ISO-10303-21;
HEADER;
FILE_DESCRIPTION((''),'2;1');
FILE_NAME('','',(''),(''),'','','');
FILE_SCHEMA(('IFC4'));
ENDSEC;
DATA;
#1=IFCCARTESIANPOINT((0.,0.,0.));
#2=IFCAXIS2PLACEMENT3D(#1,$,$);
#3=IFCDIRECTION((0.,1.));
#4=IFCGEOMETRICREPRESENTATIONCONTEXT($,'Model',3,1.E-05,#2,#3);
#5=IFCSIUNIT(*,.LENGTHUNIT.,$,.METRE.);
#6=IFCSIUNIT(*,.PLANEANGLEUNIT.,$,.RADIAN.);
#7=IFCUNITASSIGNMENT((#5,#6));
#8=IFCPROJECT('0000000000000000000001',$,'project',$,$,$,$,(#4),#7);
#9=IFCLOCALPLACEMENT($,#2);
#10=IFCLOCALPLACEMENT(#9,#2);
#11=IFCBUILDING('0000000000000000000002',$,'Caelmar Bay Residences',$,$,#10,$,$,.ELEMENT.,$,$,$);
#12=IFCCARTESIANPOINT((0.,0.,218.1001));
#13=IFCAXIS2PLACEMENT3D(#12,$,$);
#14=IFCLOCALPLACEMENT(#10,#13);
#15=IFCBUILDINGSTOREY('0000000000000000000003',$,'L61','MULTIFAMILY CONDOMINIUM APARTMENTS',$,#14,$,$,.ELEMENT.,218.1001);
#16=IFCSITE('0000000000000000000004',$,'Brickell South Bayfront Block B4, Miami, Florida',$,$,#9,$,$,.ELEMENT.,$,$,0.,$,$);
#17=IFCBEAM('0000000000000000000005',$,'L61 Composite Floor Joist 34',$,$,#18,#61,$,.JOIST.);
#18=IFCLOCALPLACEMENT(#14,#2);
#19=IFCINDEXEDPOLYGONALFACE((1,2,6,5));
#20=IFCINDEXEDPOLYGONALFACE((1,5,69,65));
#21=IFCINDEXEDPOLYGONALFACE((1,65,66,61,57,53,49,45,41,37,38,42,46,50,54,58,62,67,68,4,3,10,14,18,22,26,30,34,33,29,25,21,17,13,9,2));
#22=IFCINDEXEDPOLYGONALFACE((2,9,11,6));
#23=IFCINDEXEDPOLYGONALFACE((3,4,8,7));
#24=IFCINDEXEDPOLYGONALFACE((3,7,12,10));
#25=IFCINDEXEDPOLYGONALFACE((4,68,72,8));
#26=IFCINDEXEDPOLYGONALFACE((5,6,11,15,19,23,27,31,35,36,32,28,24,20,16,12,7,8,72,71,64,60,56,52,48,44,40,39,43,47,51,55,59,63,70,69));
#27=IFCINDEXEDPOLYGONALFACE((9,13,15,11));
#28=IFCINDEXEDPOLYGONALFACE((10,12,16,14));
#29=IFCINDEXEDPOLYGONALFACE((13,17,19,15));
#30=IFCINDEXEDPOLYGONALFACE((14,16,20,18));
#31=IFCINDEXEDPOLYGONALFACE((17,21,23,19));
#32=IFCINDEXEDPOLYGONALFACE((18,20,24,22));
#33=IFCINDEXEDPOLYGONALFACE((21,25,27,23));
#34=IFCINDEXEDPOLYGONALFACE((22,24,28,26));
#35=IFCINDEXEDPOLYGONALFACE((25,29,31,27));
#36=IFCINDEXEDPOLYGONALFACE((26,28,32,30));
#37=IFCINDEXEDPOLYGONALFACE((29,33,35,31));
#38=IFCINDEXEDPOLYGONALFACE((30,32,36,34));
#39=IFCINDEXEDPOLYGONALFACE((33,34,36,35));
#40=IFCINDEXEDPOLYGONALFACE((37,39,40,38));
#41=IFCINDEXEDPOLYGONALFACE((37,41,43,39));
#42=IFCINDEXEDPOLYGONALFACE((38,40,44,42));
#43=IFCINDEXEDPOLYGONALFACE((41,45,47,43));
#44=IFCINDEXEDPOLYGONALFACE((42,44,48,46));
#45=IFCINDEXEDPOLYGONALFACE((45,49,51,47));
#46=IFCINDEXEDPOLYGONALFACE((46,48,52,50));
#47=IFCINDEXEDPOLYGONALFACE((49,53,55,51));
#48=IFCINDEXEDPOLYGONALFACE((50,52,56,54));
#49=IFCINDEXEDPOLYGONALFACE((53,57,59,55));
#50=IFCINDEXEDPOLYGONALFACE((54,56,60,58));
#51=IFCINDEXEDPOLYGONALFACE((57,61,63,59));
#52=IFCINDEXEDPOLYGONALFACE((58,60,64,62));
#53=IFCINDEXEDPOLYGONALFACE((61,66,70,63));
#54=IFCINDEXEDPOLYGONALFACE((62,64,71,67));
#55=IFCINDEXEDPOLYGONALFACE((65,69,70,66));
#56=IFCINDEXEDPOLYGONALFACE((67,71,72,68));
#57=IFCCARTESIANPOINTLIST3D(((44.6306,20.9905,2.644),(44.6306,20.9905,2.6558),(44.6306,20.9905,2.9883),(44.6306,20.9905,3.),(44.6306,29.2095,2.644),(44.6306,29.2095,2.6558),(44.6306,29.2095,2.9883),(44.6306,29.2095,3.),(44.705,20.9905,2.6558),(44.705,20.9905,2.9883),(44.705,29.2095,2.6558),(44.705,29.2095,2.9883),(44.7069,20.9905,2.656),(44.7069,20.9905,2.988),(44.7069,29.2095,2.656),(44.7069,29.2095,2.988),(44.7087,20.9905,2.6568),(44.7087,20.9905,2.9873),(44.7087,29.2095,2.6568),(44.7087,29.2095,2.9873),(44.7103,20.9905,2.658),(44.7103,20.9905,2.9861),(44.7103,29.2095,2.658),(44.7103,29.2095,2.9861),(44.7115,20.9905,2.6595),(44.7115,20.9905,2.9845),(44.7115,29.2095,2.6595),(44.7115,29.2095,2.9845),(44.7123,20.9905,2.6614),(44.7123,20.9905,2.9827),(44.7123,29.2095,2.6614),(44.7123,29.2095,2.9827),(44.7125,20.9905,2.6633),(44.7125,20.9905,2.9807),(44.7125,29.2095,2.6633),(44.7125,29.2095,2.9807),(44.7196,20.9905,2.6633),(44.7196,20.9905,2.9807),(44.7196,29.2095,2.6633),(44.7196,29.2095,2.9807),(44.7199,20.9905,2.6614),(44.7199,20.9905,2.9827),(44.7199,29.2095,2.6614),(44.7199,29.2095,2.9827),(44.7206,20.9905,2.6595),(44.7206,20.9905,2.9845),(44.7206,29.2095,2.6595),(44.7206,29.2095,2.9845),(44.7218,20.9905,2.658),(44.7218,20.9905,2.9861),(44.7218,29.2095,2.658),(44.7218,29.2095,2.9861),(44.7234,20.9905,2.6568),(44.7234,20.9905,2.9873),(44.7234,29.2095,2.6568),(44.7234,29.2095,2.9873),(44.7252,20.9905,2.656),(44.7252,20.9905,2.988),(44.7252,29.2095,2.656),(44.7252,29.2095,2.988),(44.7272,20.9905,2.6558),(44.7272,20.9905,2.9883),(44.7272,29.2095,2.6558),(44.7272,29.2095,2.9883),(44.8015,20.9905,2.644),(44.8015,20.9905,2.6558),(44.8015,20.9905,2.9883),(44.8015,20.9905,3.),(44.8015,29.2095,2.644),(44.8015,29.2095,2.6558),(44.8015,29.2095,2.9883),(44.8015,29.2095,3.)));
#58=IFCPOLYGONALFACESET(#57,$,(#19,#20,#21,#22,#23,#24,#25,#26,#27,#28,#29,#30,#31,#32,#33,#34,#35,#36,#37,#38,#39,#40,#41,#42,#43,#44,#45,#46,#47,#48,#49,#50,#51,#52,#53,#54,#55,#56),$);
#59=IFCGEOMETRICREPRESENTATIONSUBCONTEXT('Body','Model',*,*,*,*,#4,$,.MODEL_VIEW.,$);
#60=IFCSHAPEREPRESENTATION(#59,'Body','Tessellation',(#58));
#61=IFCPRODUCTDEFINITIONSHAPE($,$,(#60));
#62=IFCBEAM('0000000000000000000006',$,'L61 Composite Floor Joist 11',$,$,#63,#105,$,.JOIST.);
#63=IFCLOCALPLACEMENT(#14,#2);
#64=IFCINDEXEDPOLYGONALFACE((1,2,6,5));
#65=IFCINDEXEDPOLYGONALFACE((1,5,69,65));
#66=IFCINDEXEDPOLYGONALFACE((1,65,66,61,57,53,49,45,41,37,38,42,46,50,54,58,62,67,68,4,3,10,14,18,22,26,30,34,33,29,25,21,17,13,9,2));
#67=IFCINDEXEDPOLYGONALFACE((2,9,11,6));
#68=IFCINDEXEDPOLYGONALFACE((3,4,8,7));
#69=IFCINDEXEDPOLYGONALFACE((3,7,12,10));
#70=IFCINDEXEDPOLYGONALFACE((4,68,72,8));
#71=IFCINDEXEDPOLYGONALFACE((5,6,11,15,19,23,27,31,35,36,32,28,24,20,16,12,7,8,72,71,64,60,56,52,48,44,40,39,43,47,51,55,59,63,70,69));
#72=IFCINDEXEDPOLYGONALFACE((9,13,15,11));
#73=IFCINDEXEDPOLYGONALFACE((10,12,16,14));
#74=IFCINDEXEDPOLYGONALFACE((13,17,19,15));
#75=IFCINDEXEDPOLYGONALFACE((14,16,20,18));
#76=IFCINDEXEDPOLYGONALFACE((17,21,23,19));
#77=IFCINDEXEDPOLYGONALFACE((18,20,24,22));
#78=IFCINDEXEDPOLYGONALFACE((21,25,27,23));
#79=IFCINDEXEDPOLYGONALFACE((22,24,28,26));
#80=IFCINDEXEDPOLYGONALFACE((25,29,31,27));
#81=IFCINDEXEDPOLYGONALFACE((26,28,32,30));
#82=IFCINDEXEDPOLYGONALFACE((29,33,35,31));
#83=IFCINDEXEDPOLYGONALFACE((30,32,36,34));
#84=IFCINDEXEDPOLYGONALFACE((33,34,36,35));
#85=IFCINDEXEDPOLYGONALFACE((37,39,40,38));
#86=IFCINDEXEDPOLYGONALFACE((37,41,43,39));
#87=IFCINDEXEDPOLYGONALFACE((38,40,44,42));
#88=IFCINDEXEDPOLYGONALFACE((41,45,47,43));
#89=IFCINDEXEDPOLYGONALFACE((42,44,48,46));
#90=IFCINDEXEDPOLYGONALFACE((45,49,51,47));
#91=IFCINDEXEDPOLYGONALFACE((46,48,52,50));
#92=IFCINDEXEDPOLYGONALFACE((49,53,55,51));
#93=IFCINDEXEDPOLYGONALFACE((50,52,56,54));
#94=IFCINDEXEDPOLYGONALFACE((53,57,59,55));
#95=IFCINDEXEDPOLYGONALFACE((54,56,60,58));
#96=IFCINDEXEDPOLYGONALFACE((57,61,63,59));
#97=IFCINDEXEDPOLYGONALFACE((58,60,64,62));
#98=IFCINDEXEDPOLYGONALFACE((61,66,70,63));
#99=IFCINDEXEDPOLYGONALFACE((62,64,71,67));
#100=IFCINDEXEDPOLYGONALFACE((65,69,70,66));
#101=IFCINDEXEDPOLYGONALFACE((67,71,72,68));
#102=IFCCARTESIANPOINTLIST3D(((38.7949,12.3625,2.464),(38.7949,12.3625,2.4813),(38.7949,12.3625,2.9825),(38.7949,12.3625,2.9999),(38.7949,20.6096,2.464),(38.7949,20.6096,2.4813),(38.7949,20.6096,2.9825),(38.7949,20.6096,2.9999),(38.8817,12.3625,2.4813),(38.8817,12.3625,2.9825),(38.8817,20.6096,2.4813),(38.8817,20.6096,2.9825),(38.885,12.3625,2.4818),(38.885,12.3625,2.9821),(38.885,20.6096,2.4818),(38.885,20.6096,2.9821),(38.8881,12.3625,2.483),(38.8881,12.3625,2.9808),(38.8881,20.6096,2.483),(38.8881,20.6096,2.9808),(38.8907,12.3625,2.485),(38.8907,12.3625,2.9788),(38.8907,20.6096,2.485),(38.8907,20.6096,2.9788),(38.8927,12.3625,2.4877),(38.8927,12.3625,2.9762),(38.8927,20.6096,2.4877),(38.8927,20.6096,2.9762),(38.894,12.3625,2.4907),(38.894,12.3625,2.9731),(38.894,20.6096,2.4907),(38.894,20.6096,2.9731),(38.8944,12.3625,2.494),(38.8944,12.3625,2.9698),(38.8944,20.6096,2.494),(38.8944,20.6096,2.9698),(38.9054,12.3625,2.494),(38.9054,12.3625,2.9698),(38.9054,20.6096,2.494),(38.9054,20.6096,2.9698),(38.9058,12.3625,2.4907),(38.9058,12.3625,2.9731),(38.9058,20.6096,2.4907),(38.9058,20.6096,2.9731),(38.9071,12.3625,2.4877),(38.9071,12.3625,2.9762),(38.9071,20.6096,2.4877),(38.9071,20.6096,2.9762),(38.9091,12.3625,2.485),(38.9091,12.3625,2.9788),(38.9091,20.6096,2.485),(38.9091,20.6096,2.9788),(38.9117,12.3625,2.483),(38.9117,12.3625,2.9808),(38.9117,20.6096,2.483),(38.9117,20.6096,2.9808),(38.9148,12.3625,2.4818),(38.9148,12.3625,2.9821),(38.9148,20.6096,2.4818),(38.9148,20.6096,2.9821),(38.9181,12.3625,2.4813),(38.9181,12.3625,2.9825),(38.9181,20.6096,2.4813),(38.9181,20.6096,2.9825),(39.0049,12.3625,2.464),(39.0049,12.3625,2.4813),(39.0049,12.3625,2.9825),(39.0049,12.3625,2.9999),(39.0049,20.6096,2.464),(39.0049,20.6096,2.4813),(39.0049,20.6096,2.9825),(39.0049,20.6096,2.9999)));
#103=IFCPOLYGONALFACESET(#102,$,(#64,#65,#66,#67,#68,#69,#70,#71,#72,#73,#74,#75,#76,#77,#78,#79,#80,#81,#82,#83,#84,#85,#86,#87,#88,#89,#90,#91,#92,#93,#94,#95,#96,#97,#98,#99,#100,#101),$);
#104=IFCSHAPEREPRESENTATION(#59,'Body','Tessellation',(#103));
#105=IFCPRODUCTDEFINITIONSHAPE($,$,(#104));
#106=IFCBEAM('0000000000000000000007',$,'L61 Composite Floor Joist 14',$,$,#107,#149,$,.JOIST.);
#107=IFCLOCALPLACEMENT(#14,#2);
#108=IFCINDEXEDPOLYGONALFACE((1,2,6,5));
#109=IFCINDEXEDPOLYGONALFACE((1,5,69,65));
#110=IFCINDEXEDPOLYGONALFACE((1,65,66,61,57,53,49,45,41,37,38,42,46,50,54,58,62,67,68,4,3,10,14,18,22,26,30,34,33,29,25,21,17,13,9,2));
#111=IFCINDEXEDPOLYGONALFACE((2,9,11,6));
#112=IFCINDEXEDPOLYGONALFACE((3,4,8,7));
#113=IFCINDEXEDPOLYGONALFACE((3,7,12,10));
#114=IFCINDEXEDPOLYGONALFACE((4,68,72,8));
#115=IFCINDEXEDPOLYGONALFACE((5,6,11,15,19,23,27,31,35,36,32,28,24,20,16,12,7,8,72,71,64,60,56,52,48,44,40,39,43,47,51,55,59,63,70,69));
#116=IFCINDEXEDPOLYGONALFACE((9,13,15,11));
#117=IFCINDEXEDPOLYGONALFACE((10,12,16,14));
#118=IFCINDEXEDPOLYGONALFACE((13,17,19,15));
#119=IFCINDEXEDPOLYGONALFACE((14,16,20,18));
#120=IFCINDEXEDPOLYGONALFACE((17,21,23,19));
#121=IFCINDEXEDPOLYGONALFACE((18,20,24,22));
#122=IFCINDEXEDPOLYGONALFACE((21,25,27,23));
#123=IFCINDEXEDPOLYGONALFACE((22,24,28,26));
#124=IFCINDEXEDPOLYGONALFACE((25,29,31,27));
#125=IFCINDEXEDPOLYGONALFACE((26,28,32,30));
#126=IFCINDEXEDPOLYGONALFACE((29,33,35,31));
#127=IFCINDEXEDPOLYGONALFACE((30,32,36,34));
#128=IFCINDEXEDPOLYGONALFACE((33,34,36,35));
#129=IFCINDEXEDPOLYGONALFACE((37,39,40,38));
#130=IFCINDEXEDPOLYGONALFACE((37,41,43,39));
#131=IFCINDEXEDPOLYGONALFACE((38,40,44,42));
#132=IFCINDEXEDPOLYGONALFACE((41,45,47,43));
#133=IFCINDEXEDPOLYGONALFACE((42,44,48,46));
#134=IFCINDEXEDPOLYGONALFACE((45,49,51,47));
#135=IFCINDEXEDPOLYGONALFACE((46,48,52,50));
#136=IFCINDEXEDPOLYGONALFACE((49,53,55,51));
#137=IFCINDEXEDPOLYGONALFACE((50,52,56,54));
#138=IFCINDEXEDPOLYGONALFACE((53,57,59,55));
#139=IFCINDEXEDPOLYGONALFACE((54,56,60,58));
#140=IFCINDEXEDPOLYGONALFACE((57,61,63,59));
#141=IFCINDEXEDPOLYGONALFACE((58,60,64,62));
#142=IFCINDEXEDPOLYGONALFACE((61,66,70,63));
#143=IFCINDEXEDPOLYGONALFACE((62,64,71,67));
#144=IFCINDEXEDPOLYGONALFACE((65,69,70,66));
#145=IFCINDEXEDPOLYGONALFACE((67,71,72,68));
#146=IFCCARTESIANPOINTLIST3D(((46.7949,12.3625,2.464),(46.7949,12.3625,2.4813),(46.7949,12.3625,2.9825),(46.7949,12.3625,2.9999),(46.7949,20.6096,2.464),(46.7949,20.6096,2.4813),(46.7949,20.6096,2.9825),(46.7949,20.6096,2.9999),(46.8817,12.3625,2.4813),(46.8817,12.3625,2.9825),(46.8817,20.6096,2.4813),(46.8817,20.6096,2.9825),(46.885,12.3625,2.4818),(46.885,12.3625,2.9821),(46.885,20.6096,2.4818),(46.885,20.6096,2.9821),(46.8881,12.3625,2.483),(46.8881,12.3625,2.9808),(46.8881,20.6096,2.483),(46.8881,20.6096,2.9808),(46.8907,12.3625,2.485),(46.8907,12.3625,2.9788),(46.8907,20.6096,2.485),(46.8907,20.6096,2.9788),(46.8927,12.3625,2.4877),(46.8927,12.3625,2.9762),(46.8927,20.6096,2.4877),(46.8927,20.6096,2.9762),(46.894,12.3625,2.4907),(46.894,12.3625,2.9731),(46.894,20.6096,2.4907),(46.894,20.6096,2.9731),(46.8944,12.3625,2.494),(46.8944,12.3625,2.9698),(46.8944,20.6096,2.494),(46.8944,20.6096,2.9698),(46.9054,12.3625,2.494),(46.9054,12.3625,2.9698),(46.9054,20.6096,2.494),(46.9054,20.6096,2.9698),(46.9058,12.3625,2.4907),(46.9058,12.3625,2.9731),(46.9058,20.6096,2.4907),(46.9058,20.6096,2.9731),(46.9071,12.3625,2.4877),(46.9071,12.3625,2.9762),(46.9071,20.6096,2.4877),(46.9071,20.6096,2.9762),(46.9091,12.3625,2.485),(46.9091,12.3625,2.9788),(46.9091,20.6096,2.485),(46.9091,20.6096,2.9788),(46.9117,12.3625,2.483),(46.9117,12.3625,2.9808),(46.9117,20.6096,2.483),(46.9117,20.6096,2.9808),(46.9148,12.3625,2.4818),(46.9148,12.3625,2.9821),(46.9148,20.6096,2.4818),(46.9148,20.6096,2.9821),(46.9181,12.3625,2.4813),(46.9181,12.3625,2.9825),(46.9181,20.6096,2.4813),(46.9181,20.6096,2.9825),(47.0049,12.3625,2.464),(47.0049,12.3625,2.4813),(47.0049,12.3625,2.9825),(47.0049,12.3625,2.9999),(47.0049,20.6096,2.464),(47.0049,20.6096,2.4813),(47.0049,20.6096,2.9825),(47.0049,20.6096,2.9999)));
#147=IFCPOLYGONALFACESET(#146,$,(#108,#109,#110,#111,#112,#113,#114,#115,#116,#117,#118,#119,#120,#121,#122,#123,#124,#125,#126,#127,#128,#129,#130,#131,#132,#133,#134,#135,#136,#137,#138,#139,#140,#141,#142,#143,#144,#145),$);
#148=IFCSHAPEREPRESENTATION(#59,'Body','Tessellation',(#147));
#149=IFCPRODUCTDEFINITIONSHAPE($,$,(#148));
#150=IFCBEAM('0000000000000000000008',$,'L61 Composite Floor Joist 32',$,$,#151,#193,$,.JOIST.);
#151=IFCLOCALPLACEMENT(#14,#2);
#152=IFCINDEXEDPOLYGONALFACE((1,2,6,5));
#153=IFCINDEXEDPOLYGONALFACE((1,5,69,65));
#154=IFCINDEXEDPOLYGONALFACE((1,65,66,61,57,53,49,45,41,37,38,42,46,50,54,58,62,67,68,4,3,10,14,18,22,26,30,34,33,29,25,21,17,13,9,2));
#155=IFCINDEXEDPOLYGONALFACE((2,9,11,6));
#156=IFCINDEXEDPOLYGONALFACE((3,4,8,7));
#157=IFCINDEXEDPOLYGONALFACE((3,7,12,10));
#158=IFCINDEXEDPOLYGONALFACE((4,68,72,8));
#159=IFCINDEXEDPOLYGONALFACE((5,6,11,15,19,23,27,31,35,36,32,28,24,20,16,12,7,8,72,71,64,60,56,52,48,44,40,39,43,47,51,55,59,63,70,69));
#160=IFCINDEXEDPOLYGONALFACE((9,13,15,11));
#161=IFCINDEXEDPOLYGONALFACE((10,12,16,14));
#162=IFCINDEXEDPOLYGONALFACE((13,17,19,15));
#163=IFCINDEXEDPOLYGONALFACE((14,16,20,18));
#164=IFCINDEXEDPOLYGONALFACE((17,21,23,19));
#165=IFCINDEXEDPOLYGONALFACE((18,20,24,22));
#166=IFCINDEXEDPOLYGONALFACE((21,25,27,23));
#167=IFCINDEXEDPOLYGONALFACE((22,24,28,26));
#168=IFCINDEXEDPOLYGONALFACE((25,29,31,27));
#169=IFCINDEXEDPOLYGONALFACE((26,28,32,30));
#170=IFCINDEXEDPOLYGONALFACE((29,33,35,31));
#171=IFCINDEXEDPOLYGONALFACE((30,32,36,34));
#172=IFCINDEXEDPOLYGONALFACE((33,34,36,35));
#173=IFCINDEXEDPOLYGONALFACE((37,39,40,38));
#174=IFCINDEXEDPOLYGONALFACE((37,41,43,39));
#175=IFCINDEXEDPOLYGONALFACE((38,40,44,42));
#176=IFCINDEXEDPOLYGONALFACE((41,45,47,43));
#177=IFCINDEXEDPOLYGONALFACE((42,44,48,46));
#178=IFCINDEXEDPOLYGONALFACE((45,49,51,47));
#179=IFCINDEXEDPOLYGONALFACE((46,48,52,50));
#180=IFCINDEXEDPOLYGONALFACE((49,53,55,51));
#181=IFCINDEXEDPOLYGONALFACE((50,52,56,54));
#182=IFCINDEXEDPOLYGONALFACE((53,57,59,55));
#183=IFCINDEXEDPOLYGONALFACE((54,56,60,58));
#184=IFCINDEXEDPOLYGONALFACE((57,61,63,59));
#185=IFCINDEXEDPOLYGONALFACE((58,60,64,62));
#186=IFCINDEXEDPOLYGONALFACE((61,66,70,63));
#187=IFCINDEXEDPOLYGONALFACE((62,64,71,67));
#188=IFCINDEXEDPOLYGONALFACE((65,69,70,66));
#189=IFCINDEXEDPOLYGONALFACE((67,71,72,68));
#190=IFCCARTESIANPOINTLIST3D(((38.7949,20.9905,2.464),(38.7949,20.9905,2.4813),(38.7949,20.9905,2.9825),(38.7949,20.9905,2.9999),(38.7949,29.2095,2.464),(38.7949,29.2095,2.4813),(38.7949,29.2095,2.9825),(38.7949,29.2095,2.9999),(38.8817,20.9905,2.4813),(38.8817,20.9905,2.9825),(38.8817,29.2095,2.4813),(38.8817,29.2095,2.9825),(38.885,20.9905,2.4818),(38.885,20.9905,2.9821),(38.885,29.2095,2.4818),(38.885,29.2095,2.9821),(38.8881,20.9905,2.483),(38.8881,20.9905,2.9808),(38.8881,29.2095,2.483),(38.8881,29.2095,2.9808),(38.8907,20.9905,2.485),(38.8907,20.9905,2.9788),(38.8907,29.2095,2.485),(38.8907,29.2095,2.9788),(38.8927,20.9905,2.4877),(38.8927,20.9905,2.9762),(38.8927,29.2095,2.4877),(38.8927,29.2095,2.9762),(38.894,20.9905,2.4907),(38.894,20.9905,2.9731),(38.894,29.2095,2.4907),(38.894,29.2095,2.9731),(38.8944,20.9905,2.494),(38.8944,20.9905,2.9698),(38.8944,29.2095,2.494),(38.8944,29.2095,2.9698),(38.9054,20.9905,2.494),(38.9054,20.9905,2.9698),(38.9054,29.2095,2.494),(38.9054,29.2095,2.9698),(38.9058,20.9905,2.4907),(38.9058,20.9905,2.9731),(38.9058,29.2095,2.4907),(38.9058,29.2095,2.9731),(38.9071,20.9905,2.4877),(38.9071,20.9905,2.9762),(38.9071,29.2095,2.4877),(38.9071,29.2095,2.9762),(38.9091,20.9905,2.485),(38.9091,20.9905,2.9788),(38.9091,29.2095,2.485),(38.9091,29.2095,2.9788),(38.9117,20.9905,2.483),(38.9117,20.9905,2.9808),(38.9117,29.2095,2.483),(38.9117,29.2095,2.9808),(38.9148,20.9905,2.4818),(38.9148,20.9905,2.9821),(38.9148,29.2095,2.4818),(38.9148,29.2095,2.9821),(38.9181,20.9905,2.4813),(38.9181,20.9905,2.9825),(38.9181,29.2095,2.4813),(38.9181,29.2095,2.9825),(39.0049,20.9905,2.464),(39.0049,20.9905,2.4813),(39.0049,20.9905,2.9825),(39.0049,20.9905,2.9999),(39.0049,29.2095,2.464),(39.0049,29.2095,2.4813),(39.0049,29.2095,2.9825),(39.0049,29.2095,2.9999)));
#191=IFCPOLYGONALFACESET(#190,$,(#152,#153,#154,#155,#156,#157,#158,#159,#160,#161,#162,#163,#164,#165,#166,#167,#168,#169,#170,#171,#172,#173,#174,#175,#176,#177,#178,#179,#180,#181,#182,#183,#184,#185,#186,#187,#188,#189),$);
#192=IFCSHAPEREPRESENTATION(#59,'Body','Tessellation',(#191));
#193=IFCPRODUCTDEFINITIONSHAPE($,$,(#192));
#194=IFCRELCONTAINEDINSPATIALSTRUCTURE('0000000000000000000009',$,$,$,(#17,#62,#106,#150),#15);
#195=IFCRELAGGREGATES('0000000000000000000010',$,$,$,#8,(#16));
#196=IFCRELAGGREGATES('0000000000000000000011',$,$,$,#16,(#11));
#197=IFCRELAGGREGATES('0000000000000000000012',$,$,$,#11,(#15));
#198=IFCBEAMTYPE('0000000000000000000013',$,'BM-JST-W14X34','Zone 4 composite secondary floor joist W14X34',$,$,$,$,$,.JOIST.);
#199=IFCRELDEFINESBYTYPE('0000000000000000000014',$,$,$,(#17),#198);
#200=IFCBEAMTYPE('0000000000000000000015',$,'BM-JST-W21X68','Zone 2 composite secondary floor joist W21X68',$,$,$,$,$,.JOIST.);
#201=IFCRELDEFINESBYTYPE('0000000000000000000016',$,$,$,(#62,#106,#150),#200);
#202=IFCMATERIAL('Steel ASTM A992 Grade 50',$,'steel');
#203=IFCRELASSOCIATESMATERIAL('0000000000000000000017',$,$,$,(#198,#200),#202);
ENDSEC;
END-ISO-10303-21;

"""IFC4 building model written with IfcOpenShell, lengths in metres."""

from ifc_helpers import new_model, si_unit, direction, frame, origin, origin_2d, place, context, subcontext, project, spatial, i_section, extrude, material, material_profile, profile_set, type_object, element, save


model = new_model("IFC4")

# Units and contexts
model_context = context("Model", 3, precision=1e-05, world=origin(), true_north=direction((0.0, 1.0)))
body_context = subcontext(model_context, "Body", "Model", "MODEL_VIEW")
ifc_project = project(units=[si_unit("LENGTHUNIT", "METRE"), si_unit("PLANEANGLEUNIT", "RADIAN")], contexts=[model_context])

# Site, building, storey
site_placement = place(None, origin())
site = spatial("IfcSite", under=ifc_project, at=site_placement, Name="Brickell South Bayfront Block B4, Miami, Florida", CompositionType="ELEMENT", RefElevation=0.0)
building_placement = place(site_placement, origin())
building = spatial("IfcBuilding", under=site, at=building_placement, Name="Caelmar Bay Residences", CompositionType="ELEMENT")
storey_placement = place(building_placement, frame((0.0, 0.0, 218.1001)))
storey = spatial("IfcBuildingStorey", under=building, at=storey_placement, Name="L61", Description="MULTIFAMILY CONDOMINIUM APARTMENTS", CompositionType="ELEMENT", Elevation=218.1001)

# Beams
ifc_material_1 = material(Name="Steel ASTM A992 Grade 50", Category="steel")
ifc_material_profile_1 = material_profile(ifc_material_1, i_section(OverallWidth=0.1709, OverallDepth=0.356, WebThickness=0.0071, FlangeThickness=0.0117, FilletRadius=0.0076, at=origin_2d()), Name="W14X34")
ifc_profile_set_1 = profile_set([ifc_material_profile_1], Name="Steel ASTM A992 Grade 50")
beam_type_1 = type_object("IfcBeamType", Name="BM-JST-W14X34", Description="Zone 4 composite secondary floor joist W14X34", PredefinedType="JOIST", material=ifc_profile_set_1)
for number, where, z_axis, x_axis, name in (
    (1, (44.7161, 20.9905, 2.822), (0.0, 1.0, 0.0), (-1.0, 0.0, 0.0), "L61 Composite Floor Joist 34"),
):
    element("IfcBeam", number, at=place(storey_placement, frame(where, z_axis=z_axis, x_axis=x_axis)), inside=storey, type_object=beam_type_1, Name=name, PredefinedType="JOIST", context=body_context, shape_type="SweptSolid", body=[
        extrude(i_section(OverallWidth=0.1709, OverallDepth=0.356, WebThickness=0.0071, FlangeThickness=0.0117, FilletRadius=0.0076, at=origin_2d()), origin(), (0.0, 0.0, 1.0), 8.219),
    ])
ifc_material_profile_2 = material_profile(ifc_material_1, i_section(OverallWidth=0.21, OverallDepth=0.5359, WebThickness=0.011, FlangeThickness=0.0173, FilletRadius=0.0127, at=origin_2d()), Name="W21X68")
ifc_profile_set_2 = profile_set([ifc_material_profile_2], Name="Steel ASTM A992 Grade 50")
beam_type_2 = type_object("IfcBeamType", Name="BM-JST-W21X68", Description="Zone 2 composite secondary floor joist W21X68", PredefinedType="JOIST", material=ifc_profile_set_2)
for number, where, z_axis, x_axis, name in (
    (2, (38.8999, 12.3625, 2.7319), (0.0, 1.0, 0.0), (-1.0, 0.0, 0.0), "L61 Composite Floor Joist 11"),
    (3, (46.8999, 12.3625, 2.7319), (0.0, 1.0, 0.0), (-1.0, 0.0, 0.0), "L61 Composite Floor Joist 14"),
):
    element("IfcBeam", number, at=place(storey_placement, frame(where, z_axis=z_axis, x_axis=x_axis)), inside=storey, type_object=beam_type_2, Name=name, PredefinedType="JOIST", context=body_context, shape_type="SweptSolid", body=[
        extrude(i_section(OverallWidth=0.21, OverallDepth=0.5359, WebThickness=0.011, FlangeThickness=0.0173, FilletRadius=0.0127, at=origin_2d()), origin(), (0.0, 0.0, 1.0), 8.2471),
    ])
for number, where, z_axis, x_axis, name in (
    (4, (38.8999, 20.9905, 2.7319), (0.0, 1.0, 0.0), (-1.0, 0.0, 0.0), "L61 Composite Floor Joist 32"),
):
    element("IfcBeam", number, at=place(storey_placement, frame(where, z_axis=z_axis, x_axis=x_axis)), inside=storey, type_object=beam_type_2, Name=name, PredefinedType="JOIST", context=body_context, shape_type="SweptSolid", body=[
        extrude(i_section(OverallWidth=0.21, OverallDepth=0.5359, WebThickness=0.011, FlangeThickness=0.0173, FilletRadius=0.0127, at=origin_2d()), origin(), (0.0, 0.0, 1.0), 8.219),
    ])

save(model, "model.ifc")
